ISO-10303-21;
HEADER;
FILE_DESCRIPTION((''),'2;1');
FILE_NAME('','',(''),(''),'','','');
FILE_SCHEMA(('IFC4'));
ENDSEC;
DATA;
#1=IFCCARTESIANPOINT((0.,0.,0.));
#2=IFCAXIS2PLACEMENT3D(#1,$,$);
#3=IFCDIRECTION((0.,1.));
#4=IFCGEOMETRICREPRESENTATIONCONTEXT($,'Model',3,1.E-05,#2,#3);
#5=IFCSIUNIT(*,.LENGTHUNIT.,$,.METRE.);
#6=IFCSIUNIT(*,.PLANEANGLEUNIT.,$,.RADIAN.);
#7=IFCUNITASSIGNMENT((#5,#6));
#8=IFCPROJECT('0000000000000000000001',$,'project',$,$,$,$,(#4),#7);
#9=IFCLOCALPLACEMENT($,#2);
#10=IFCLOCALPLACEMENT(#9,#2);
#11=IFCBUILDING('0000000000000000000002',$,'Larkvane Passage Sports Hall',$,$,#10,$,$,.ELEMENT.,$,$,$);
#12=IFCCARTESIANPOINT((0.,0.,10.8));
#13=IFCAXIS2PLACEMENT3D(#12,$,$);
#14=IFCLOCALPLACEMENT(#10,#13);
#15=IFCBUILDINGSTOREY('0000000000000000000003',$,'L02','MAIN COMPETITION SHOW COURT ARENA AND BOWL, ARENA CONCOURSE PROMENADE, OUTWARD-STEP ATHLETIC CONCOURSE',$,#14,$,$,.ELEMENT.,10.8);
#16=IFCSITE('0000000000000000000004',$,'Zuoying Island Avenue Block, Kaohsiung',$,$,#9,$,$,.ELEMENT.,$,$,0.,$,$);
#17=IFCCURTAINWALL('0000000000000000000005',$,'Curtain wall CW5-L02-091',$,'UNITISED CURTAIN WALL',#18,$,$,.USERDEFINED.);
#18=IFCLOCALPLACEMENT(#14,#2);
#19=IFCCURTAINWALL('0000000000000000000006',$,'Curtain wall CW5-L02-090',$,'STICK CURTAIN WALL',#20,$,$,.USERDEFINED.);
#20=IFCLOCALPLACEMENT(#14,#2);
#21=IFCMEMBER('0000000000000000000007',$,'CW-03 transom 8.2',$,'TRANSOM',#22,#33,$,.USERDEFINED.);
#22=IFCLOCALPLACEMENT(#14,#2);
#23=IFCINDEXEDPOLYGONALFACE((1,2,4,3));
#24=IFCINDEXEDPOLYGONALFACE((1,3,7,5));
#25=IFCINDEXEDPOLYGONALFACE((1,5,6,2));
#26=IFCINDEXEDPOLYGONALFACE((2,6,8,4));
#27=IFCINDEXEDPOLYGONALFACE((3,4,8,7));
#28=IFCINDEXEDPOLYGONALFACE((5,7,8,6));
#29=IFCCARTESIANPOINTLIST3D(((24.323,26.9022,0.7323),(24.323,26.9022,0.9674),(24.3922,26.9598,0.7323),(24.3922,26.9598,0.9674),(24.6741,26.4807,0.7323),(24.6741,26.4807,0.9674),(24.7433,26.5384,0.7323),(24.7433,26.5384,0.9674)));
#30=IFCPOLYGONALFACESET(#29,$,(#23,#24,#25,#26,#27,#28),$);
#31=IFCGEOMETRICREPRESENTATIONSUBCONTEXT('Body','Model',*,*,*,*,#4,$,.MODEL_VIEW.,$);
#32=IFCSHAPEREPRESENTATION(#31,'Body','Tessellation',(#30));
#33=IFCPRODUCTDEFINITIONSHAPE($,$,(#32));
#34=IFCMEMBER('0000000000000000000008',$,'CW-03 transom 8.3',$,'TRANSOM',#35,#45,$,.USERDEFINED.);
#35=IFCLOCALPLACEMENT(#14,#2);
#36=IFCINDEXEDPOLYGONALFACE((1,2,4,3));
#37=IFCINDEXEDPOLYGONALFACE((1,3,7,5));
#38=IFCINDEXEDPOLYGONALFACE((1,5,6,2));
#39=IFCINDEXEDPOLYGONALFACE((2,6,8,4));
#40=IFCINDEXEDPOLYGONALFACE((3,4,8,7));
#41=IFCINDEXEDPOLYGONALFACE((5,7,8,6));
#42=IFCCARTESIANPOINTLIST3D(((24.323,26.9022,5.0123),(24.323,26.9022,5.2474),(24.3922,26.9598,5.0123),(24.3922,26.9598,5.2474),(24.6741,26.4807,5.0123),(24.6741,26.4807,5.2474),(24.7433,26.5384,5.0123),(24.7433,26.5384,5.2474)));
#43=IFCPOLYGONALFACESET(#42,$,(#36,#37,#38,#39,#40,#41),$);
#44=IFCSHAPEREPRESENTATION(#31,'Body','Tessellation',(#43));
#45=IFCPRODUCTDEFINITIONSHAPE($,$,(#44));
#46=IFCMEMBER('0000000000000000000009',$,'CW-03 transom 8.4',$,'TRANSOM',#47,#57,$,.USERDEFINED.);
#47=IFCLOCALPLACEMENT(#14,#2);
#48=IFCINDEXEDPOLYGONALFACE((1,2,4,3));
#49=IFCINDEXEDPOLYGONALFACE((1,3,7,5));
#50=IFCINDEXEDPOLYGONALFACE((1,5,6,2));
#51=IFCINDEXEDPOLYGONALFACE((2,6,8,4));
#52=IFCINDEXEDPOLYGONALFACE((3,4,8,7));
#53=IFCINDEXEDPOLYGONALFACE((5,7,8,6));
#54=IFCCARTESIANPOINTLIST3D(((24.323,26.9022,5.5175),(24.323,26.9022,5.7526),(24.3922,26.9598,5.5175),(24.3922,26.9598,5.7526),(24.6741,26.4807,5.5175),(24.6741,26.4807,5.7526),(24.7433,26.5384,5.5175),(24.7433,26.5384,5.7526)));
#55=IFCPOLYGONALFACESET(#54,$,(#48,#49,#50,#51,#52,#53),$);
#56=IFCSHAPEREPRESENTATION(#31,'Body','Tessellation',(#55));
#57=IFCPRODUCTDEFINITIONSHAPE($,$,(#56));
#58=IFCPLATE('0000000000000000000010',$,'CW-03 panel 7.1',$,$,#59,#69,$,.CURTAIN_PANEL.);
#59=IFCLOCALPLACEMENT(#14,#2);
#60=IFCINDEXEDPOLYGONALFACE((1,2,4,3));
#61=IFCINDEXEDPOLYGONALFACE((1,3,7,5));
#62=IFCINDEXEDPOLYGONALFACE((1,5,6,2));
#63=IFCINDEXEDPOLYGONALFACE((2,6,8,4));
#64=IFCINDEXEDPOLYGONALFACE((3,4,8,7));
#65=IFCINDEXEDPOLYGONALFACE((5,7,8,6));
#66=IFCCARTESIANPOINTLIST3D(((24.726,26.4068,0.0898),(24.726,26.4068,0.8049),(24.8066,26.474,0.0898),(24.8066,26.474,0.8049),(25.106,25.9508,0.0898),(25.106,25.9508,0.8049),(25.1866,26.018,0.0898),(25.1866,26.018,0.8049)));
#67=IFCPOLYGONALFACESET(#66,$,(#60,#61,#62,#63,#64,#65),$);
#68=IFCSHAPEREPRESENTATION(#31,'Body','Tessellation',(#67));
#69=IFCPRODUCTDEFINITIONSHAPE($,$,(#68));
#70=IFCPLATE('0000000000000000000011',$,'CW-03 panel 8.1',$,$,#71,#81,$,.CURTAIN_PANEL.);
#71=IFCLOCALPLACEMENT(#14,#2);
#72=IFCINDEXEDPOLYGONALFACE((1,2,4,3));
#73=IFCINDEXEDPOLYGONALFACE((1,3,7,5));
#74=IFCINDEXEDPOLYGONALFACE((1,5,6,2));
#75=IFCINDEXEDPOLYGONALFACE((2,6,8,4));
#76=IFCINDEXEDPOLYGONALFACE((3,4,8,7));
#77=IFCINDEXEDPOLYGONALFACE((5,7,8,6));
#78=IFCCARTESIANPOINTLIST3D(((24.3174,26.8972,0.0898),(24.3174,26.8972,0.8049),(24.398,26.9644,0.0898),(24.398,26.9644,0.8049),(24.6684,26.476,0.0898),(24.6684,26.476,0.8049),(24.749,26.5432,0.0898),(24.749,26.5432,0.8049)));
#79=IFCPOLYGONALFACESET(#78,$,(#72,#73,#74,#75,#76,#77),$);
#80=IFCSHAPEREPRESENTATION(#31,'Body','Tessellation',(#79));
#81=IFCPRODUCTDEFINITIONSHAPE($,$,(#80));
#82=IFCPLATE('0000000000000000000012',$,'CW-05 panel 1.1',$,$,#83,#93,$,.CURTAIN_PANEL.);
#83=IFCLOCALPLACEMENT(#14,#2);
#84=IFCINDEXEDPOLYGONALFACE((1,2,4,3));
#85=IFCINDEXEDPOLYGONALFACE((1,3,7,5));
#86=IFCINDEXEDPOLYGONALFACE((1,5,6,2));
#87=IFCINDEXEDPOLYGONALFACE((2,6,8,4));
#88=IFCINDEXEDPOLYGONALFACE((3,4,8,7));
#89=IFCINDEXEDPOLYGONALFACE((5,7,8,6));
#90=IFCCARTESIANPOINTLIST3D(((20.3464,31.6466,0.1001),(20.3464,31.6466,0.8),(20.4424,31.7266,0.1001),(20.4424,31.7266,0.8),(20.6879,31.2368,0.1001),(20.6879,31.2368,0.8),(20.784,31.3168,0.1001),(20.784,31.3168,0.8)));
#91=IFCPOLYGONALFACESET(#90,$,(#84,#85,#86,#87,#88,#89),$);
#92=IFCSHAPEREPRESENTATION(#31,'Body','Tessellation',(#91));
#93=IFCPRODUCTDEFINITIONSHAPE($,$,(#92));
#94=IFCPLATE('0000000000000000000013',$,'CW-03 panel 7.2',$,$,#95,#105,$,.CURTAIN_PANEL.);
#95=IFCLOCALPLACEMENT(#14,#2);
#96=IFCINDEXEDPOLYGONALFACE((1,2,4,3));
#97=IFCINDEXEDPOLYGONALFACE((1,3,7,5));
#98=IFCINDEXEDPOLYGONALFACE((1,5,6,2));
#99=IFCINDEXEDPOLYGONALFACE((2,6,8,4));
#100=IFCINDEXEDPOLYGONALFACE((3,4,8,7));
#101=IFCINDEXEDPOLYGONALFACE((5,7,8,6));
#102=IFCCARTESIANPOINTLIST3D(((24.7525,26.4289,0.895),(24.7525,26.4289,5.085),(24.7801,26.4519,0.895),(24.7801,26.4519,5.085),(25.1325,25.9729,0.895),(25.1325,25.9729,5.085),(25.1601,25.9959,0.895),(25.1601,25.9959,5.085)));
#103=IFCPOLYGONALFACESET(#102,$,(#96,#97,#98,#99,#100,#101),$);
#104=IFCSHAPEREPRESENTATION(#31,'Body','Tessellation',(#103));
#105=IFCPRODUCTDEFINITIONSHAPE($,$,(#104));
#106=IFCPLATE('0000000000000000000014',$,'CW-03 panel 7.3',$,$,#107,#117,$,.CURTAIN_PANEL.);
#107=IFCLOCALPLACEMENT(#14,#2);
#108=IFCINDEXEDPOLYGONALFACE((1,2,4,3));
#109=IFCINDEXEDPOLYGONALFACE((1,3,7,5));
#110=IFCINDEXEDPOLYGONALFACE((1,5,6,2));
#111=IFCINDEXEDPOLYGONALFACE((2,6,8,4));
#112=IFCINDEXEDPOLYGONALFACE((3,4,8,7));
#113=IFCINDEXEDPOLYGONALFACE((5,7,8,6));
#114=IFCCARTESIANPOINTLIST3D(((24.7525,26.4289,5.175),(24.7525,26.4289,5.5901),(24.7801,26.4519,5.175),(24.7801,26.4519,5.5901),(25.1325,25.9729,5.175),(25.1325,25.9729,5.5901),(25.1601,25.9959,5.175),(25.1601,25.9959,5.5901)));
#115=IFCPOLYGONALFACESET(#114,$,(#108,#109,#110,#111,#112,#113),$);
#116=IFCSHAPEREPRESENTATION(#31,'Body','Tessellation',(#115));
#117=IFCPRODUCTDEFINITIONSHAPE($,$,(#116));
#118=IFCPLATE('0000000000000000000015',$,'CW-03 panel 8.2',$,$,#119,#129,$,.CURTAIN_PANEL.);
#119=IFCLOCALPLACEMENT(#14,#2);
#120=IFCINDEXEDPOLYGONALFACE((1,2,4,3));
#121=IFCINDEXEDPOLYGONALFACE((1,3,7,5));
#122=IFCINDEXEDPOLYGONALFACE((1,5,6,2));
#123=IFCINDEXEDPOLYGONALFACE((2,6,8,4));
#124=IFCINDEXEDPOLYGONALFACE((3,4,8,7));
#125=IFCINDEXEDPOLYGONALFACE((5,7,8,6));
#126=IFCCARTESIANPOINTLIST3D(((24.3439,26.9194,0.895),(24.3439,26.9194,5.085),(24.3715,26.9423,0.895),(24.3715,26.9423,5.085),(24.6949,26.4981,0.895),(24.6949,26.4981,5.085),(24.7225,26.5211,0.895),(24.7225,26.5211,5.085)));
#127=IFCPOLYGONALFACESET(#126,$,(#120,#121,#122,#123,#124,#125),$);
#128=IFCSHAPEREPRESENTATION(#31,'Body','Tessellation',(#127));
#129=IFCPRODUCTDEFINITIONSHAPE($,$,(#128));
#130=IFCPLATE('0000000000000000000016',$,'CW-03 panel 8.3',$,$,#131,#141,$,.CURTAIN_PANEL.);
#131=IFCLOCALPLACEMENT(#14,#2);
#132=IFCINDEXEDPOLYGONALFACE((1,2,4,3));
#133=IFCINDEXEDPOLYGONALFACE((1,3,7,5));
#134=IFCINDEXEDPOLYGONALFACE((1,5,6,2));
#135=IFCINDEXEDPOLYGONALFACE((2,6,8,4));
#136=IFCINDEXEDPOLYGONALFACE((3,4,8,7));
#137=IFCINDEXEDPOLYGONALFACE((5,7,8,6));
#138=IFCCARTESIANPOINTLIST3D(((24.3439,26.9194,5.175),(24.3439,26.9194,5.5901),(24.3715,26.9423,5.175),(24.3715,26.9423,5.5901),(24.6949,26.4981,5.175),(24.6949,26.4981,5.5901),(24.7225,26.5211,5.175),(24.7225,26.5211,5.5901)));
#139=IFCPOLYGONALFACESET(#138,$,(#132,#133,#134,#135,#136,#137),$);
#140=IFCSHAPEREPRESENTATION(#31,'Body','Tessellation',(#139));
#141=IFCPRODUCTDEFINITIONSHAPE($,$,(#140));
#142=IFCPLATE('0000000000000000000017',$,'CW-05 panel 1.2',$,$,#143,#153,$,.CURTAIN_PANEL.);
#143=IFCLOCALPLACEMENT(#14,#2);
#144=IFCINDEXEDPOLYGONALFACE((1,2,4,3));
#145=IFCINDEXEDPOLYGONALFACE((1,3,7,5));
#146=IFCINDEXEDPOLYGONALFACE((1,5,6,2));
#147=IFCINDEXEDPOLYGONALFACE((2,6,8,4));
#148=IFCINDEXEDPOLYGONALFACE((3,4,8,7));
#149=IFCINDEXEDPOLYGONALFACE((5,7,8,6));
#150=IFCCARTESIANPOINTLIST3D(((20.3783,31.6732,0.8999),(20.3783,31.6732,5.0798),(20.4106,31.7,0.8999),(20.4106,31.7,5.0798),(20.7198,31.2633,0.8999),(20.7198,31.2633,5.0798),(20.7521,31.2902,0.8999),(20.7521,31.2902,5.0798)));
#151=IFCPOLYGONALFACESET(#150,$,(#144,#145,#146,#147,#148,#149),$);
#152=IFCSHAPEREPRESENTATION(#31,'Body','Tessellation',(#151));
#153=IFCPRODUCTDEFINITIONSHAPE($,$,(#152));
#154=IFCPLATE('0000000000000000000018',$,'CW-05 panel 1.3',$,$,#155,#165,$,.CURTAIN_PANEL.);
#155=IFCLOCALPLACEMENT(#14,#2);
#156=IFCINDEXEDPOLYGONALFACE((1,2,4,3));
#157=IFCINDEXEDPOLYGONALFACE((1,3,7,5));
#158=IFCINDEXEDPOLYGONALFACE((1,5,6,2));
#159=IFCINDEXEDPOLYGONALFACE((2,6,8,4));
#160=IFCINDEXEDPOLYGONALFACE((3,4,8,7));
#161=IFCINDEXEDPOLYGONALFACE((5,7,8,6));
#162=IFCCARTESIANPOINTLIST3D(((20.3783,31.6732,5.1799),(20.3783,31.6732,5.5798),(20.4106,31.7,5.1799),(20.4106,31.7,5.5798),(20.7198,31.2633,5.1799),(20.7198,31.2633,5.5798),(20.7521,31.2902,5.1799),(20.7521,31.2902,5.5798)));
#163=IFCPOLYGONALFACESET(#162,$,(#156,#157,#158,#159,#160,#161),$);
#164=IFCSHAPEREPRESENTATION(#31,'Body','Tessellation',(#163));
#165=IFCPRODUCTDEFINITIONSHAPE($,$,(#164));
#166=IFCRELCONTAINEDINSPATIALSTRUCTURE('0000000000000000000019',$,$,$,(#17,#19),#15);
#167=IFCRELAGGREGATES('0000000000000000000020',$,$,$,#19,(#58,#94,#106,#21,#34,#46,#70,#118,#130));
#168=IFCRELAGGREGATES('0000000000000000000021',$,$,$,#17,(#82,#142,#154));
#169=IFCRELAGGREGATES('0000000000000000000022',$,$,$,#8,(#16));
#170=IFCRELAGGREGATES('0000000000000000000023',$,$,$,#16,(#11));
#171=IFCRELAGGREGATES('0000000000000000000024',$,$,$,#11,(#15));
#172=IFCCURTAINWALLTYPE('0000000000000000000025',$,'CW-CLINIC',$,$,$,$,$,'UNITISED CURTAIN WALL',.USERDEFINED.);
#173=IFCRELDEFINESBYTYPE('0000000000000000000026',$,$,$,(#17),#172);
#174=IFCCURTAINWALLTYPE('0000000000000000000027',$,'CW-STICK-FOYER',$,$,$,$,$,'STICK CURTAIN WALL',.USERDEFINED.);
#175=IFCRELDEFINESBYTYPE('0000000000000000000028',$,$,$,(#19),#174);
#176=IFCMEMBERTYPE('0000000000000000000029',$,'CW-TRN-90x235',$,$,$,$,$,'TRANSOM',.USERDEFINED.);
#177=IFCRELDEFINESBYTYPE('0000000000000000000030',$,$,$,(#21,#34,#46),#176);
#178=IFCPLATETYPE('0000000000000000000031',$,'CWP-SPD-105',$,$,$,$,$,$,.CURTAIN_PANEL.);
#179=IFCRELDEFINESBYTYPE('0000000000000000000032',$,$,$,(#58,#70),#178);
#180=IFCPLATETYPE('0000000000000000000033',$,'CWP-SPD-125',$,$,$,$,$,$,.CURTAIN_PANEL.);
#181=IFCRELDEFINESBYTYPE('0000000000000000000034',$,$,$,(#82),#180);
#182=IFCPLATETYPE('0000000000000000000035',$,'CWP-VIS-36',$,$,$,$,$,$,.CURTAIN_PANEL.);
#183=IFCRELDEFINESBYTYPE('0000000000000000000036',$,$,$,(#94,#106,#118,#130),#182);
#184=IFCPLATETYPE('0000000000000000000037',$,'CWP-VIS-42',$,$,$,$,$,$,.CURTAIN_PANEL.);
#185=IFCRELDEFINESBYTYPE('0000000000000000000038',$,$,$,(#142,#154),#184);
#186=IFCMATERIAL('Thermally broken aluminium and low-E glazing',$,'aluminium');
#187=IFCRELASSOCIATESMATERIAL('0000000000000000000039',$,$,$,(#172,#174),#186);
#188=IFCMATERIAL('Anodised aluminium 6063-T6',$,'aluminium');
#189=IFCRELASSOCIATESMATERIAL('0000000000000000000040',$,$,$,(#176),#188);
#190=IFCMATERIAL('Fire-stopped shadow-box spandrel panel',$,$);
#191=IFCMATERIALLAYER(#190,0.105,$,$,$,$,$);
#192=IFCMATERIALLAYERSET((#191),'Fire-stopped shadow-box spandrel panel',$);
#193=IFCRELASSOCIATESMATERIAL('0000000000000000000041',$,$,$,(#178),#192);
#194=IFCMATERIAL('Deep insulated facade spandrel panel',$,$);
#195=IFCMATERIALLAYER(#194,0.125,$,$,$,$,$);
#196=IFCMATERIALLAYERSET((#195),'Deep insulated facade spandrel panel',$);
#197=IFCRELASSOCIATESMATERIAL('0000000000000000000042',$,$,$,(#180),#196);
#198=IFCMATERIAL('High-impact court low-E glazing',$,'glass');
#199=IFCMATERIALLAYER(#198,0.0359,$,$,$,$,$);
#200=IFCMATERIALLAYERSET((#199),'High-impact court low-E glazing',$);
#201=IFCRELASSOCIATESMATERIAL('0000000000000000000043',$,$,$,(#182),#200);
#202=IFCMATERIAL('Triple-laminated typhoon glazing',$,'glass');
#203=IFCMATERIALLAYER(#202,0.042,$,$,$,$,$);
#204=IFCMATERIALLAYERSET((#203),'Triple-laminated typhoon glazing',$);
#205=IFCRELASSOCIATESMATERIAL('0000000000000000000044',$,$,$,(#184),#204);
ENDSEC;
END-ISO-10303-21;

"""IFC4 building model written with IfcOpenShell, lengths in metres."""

from ifc_helpers import new_model, si_unit, direction, frame, origin, origin_2d, place, context, subcontext, project, spatial, rectangle, extrude, material, layer, layer_set, material_profile, profile_set, type_object, element, aggregate, save


model = new_model("IFC4")

# Units and contexts
model_context = context("Model", 3, precision=1e-05, world=origin(), true_north=direction((0.0, 1.0)))
body_context = subcontext(model_context, "Body", "Model", "MODEL_VIEW")
ifc_project = project(units=[si_unit("LENGTHUNIT", "METRE"), si_unit("PLANEANGLEUNIT", "RADIAN")], contexts=[model_context])

# Site, building, storey
site_placement = place(None, origin())
site = spatial("IfcSite", under=ifc_project, at=site_placement, Name="Zuoying Island Avenue Block, Kaohsiung", CompositionType="ELEMENT", RefElevation=0.0)
building_placement = place(site_placement, origin())
building = spatial("IfcBuilding", under=site, at=building_placement, Name="Larkvane Passage Sports Hall", CompositionType="ELEMENT")
storey_placement = place(building_placement, frame((0.0, 0.0, 10.8)))
storey = spatial("IfcBuildingStorey", under=building, at=storey_placement, Name="L02", Description="MAIN COMPETITION SHOW COURT ARENA AND BOWL, ARENA CONCOURSE PROMENADE, OUTWARD-STEP ATHLETIC CONCOURSE", CompositionType="ELEMENT", Elevation=10.8)

# Curtain walls
ifc_material_1 = material(Name="Thermally broken aluminium and low-E glazing", Category="aluminium")
curtain_wall_type_1 = type_object("IfcCurtainWallType", Name="CW-CLINIC", ElementType="UNITISED CURTAIN WALL", PredefinedType="USERDEFINED", material=ifc_material_1)
curtain_wall_1_placement = place(storey_placement, origin())
curtain_wall_1 = element("IfcCurtainWall", 1, at=curtain_wall_1_placement, inside=storey, type_object=curtain_wall_type_1, Name="Curtain wall CW5-L02-091", ObjectType="UNITISED CURTAIN WALL", PredefinedType="USERDEFINED")
ifc_material_2 = material(Name="Anodised aluminium 6063-T6", Category="aluminium")
curtain_wall_type_2 = type_object("IfcCurtainWallType", Name="CW-STICK-FOYER", ElementType="STICK CURTAIN WALL", PredefinedType="USERDEFINED", material=ifc_material_1)
curtain_wall_2_placement = place(storey_placement, origin())
curtain_wall_2 = element("IfcCurtainWall", 2, at=curtain_wall_2_placement, inside=storey, type_object=curtain_wall_type_2, Name="Curtain wall CW5-L02-090", ObjectType="STICK CURTAIN WALL", PredefinedType="USERDEFINED")

# Members
ifc_material_profile_1 = material_profile(ifc_material_2, rectangle(XDim=0.0901, YDim=0.2351, at=origin_2d()), Name="ALU-TRN-90x235")
ifc_profile_set_1 = profile_set([ifc_material_profile_1], Name="Anodised aluminium 6063-T6")
member_type_1 = type_object("IfcMemberType", Name="CW-TRN-90x235", ElementType="TRANSOM", PredefinedType="USERDEFINED", material=ifc_profile_set_1)
member_1_placement = place(storey_placement, frame((24.7087, 26.5095, 0.8499), z_axis=(-0.640097, 0.768294, 0.0), x_axis=(-0.768294, -0.640097, 0.0)))
member_1 = element("IfcMember", 3, at=member_1_placement, type_object=member_type_1, Name="CW-03 transom 8.2", ObjectType="TRANSOM", PredefinedType="USERDEFINED", context=body_context, shape_type="SweptSolid", body=[
    extrude(rectangle(XDim=0.0901, YDim=0.2351, at=origin_2d()), origin(), (0.0, 0.0, 1.0), 0.5486),
])
member_2_placement = place(storey_placement, frame((24.7087, 26.5095, 5.1299), z_axis=(-0.640097, 0.768294, 0.0), x_axis=(-0.768294, -0.640097, 0.0)))
member_2 = element("IfcMember", 4, at=member_2_placement, type_object=member_type_1, Name="CW-03 transom 8.3", ObjectType="TRANSOM", PredefinedType="USERDEFINED", context=body_context, shape_type="SweptSolid", body=[
    extrude(rectangle(XDim=0.0901, YDim=0.2351, at=origin_2d()), origin(), (0.0, 0.0, 1.0), 0.5486),
])
member_3_placement = place(storey_placement, frame((24.7087, 26.5095, 5.635), z_axis=(-0.640097, 0.768294, 0.0), x_axis=(-0.768294, -0.640097, 0.0)))
member_3 = element("IfcMember", 5, at=member_3_placement, type_object=member_type_1, Name="CW-03 transom 8.4", ObjectType="TRANSOM", PredefinedType="USERDEFINED", context=body_context, shape_type="SweptSolid", body=[
    extrude(rectangle(XDim=0.0901, YDim=0.2351, at=origin_2d()), origin(), (0.0, 0.0, 1.0), 0.5486),
])

# Plates
ifc_material_3 = material(Name="Fire-stopped shadow-box spandrel panel")
ifc_layer_1 = layer(ifc_material_3, 0.105)
ifc_layer_set_1 = layer_set([ifc_layer_1], Name="Fire-stopped shadow-box spandrel panel")
plate_type_1 = type_object("IfcPlateType", Name="CWP-SPD-105", PredefinedType="CURTAIN_PANEL", material=ifc_layer_set_1)
plate_1_placement = place(storey_placement, frame((24.9563, 26.2124, 0.0898), z_axis=(0.0, 0.0, 1.0), x_axis=(-0.640184, 0.768221, 0.0)))
plate_1 = element("IfcPlate", 6, at=plate_1_placement, type_object=plate_type_1, Name="CW-03 panel 7.1", PredefinedType="CURTAIN_PANEL", context=body_context, shape_type="SweptSolid", body=[
    extrude(rectangle(XDim=0.5935, YDim=0.105, at=origin_2d()), origin(), (0.0, 0.0, 1.0), 0.7151),
])
plate_2_placement = place(storey_placement, frame((24.5332, 26.7202, 0.0898), z_axis=(0.0, 0.0, 1.0), x_axis=(-0.640184, 0.768221, 0.0)))
plate_2 = element("IfcPlate", 7, at=plate_2_placement, type_object=plate_type_1, Name="CW-03 panel 8.1", PredefinedType="CURTAIN_PANEL", context=body_context, shape_type="SweptSolid", body=[
    extrude(rectangle(XDim=0.5483, YDim=0.105, at=origin_2d()), origin(), (0.0, 0.0, 1.0), 0.7151),
])
ifc_material_4 = material(Name="Deep insulated facade spandrel panel")
ifc_layer_2 = layer(ifc_material_4, 0.125)
ifc_layer_set_2 = layer_set([ifc_layer_2], Name="Deep insulated facade spandrel panel")
plate_type_2 = type_object("IfcPlateType", Name="CWP-SPD-125", PredefinedType="CURTAIN_PANEL", material=ifc_layer_set_2)
plate_3_placement = place(storey_placement, frame((20.5652, 31.4817, 0.1001), z_axis=(0.0, 0.0, 1.0), x_axis=(-0.640184, 0.768221, 0.0)))
plate_3 = element("IfcPlate", 8, at=plate_3_placement, type_object=plate_type_2, Name="CW-05 panel 1.1", PredefinedType="CURTAIN_PANEL", context=body_context, shape_type="SweptSolid", body=[
    extrude(rectangle(XDim=0.5334, YDim=0.125, at=origin_2d()), origin(), (0.0, 0.0, 1.0), 0.7),
])
ifc_material_5 = material(Name="High-impact court low-E glazing", Category="glass")
ifc_layer_3 = layer(ifc_material_5, 0.0359)
ifc_layer_set_3 = layer_set([ifc_layer_3], Name="High-impact court low-E glazing")
plate_type_3 = type_object("IfcPlateType", Name="CWP-VIS-36", PredefinedType="CURTAIN_PANEL", material=ifc_layer_set_3)
plate_4_placement = place(storey_placement, frame((24.9563, 26.2124, 0.895), z_axis=(0.0, 0.0, 1.0), x_axis=(-0.640184, 0.768221, 0.0)))
plate_4 = element("IfcPlate", 9, at=plate_4_placement, type_object=plate_type_3, Name="CW-03 panel 7.2", PredefinedType="CURTAIN_PANEL", context=body_context, shape_type="SweptSolid", body=[
    extrude(rectangle(XDim=0.5935, YDim=0.0359, at=origin_2d()), origin(), (0.0, 0.0, 1.0), 4.1899),
])
plate_5_placement = place(storey_placement, frame((24.9563, 26.2124, 5.175), z_axis=(0.0, 0.0, 1.0), x_axis=(-0.640184, 0.768221, 0.0)))
plate_5 = element("IfcPlate", 10, at=plate_5_placement, type_object=plate_type_3, Name="CW-03 panel 7.3", PredefinedType="CURTAIN_PANEL", context=body_context, shape_type="SweptSolid", body=[
    extrude(rectangle(XDim=0.5935, YDim=0.0359, at=origin_2d()), origin(), (0.0, 0.0, 1.0), 0.415),
])
plate_6_placement = place(storey_placement, frame((24.5332, 26.7202, 0.895), z_axis=(0.0, 0.0, 1.0), x_axis=(-0.640184, 0.768221, 0.0)))
plate_6 = element("IfcPlate", 11, at=plate_6_placement, type_object=plate_type_3, Name="CW-03 panel 8.2", PredefinedType="CURTAIN_PANEL", context=body_context, shape_type="SweptSolid", body=[
    extrude(rectangle(XDim=0.5483, YDim=0.0359, at=origin_2d()), origin(), (0.0, 0.0, 1.0), 4.1899),
])
plate_7_placement = place(storey_placement, frame((24.5332, 26.7202, 5.175), z_axis=(0.0, 0.0, 1.0), x_axis=(-0.640184, 0.768221, 0.0)))
plate_7 = element("IfcPlate", 12, at=plate_7_placement, type_object=plate_type_3, Name="CW-03 panel 8.3", PredefinedType="CURTAIN_PANEL", context=body_context, shape_type="SweptSolid", body=[
    extrude(rectangle(XDim=0.5483, YDim=0.0359, at=origin_2d()), origin(), (0.0, 0.0, 1.0), 0.415),
])
aggregate(curtain_wall_2, [plate_1, plate_4, plate_5, member_1, member_2, member_3, plate_2, plate_6, plate_7])
ifc_material_6 = material(Name="Triple-laminated typhoon glazing", Category="glass")
ifc_layer_4 = layer(ifc_material_6, 0.042)
ifc_layer_set_4 = layer_set([ifc_layer_4], Name="Triple-laminated typhoon glazing")
plate_type_4 = type_object("IfcPlateType", Name="CWP-VIS-42", PredefinedType="CURTAIN_PANEL", material=ifc_layer_set_4)
plate_8_placement = place(storey_placement, frame((20.5652, 31.4817, 0.8999), z_axis=(0.0, 0.0, 1.0), x_axis=(-0.640184, 0.768221, 0.0)))
plate_8 = element("IfcPlate", 13, at=plate_8_placement, type_object=plate_type_4, Name="CW-05 panel 1.2", PredefinedType="CURTAIN_PANEL", context=body_context, shape_type="SweptSolid", body=[
    extrude(rectangle(XDim=0.5334, YDim=0.042, at=origin_2d()), origin(), (0.0, 0.0, 1.0), 4.1799),
])
plate_9_placement = place(storey_placement, frame((20.5652, 31.4817, 5.1799), z_axis=(0.0, 0.0, 1.0), x_axis=(-0.640184, 0.768221, 0.0)))
plate_9 = element("IfcPlate", 14, at=plate_9_placement, type_object=plate_type_4, Name="CW-05 panel 1.3", PredefinedType="CURTAIN_PANEL", context=body_context, shape_type="SweptSolid", body=[
    extrude(rectangle(XDim=0.5334, YDim=0.042, at=origin_2d()), origin(), (0.0, 0.0, 1.0), 0.3999),
])
aggregate(curtain_wall_1, [plate_3, plate_8, plate_9])

save(model, "model.ifc")
